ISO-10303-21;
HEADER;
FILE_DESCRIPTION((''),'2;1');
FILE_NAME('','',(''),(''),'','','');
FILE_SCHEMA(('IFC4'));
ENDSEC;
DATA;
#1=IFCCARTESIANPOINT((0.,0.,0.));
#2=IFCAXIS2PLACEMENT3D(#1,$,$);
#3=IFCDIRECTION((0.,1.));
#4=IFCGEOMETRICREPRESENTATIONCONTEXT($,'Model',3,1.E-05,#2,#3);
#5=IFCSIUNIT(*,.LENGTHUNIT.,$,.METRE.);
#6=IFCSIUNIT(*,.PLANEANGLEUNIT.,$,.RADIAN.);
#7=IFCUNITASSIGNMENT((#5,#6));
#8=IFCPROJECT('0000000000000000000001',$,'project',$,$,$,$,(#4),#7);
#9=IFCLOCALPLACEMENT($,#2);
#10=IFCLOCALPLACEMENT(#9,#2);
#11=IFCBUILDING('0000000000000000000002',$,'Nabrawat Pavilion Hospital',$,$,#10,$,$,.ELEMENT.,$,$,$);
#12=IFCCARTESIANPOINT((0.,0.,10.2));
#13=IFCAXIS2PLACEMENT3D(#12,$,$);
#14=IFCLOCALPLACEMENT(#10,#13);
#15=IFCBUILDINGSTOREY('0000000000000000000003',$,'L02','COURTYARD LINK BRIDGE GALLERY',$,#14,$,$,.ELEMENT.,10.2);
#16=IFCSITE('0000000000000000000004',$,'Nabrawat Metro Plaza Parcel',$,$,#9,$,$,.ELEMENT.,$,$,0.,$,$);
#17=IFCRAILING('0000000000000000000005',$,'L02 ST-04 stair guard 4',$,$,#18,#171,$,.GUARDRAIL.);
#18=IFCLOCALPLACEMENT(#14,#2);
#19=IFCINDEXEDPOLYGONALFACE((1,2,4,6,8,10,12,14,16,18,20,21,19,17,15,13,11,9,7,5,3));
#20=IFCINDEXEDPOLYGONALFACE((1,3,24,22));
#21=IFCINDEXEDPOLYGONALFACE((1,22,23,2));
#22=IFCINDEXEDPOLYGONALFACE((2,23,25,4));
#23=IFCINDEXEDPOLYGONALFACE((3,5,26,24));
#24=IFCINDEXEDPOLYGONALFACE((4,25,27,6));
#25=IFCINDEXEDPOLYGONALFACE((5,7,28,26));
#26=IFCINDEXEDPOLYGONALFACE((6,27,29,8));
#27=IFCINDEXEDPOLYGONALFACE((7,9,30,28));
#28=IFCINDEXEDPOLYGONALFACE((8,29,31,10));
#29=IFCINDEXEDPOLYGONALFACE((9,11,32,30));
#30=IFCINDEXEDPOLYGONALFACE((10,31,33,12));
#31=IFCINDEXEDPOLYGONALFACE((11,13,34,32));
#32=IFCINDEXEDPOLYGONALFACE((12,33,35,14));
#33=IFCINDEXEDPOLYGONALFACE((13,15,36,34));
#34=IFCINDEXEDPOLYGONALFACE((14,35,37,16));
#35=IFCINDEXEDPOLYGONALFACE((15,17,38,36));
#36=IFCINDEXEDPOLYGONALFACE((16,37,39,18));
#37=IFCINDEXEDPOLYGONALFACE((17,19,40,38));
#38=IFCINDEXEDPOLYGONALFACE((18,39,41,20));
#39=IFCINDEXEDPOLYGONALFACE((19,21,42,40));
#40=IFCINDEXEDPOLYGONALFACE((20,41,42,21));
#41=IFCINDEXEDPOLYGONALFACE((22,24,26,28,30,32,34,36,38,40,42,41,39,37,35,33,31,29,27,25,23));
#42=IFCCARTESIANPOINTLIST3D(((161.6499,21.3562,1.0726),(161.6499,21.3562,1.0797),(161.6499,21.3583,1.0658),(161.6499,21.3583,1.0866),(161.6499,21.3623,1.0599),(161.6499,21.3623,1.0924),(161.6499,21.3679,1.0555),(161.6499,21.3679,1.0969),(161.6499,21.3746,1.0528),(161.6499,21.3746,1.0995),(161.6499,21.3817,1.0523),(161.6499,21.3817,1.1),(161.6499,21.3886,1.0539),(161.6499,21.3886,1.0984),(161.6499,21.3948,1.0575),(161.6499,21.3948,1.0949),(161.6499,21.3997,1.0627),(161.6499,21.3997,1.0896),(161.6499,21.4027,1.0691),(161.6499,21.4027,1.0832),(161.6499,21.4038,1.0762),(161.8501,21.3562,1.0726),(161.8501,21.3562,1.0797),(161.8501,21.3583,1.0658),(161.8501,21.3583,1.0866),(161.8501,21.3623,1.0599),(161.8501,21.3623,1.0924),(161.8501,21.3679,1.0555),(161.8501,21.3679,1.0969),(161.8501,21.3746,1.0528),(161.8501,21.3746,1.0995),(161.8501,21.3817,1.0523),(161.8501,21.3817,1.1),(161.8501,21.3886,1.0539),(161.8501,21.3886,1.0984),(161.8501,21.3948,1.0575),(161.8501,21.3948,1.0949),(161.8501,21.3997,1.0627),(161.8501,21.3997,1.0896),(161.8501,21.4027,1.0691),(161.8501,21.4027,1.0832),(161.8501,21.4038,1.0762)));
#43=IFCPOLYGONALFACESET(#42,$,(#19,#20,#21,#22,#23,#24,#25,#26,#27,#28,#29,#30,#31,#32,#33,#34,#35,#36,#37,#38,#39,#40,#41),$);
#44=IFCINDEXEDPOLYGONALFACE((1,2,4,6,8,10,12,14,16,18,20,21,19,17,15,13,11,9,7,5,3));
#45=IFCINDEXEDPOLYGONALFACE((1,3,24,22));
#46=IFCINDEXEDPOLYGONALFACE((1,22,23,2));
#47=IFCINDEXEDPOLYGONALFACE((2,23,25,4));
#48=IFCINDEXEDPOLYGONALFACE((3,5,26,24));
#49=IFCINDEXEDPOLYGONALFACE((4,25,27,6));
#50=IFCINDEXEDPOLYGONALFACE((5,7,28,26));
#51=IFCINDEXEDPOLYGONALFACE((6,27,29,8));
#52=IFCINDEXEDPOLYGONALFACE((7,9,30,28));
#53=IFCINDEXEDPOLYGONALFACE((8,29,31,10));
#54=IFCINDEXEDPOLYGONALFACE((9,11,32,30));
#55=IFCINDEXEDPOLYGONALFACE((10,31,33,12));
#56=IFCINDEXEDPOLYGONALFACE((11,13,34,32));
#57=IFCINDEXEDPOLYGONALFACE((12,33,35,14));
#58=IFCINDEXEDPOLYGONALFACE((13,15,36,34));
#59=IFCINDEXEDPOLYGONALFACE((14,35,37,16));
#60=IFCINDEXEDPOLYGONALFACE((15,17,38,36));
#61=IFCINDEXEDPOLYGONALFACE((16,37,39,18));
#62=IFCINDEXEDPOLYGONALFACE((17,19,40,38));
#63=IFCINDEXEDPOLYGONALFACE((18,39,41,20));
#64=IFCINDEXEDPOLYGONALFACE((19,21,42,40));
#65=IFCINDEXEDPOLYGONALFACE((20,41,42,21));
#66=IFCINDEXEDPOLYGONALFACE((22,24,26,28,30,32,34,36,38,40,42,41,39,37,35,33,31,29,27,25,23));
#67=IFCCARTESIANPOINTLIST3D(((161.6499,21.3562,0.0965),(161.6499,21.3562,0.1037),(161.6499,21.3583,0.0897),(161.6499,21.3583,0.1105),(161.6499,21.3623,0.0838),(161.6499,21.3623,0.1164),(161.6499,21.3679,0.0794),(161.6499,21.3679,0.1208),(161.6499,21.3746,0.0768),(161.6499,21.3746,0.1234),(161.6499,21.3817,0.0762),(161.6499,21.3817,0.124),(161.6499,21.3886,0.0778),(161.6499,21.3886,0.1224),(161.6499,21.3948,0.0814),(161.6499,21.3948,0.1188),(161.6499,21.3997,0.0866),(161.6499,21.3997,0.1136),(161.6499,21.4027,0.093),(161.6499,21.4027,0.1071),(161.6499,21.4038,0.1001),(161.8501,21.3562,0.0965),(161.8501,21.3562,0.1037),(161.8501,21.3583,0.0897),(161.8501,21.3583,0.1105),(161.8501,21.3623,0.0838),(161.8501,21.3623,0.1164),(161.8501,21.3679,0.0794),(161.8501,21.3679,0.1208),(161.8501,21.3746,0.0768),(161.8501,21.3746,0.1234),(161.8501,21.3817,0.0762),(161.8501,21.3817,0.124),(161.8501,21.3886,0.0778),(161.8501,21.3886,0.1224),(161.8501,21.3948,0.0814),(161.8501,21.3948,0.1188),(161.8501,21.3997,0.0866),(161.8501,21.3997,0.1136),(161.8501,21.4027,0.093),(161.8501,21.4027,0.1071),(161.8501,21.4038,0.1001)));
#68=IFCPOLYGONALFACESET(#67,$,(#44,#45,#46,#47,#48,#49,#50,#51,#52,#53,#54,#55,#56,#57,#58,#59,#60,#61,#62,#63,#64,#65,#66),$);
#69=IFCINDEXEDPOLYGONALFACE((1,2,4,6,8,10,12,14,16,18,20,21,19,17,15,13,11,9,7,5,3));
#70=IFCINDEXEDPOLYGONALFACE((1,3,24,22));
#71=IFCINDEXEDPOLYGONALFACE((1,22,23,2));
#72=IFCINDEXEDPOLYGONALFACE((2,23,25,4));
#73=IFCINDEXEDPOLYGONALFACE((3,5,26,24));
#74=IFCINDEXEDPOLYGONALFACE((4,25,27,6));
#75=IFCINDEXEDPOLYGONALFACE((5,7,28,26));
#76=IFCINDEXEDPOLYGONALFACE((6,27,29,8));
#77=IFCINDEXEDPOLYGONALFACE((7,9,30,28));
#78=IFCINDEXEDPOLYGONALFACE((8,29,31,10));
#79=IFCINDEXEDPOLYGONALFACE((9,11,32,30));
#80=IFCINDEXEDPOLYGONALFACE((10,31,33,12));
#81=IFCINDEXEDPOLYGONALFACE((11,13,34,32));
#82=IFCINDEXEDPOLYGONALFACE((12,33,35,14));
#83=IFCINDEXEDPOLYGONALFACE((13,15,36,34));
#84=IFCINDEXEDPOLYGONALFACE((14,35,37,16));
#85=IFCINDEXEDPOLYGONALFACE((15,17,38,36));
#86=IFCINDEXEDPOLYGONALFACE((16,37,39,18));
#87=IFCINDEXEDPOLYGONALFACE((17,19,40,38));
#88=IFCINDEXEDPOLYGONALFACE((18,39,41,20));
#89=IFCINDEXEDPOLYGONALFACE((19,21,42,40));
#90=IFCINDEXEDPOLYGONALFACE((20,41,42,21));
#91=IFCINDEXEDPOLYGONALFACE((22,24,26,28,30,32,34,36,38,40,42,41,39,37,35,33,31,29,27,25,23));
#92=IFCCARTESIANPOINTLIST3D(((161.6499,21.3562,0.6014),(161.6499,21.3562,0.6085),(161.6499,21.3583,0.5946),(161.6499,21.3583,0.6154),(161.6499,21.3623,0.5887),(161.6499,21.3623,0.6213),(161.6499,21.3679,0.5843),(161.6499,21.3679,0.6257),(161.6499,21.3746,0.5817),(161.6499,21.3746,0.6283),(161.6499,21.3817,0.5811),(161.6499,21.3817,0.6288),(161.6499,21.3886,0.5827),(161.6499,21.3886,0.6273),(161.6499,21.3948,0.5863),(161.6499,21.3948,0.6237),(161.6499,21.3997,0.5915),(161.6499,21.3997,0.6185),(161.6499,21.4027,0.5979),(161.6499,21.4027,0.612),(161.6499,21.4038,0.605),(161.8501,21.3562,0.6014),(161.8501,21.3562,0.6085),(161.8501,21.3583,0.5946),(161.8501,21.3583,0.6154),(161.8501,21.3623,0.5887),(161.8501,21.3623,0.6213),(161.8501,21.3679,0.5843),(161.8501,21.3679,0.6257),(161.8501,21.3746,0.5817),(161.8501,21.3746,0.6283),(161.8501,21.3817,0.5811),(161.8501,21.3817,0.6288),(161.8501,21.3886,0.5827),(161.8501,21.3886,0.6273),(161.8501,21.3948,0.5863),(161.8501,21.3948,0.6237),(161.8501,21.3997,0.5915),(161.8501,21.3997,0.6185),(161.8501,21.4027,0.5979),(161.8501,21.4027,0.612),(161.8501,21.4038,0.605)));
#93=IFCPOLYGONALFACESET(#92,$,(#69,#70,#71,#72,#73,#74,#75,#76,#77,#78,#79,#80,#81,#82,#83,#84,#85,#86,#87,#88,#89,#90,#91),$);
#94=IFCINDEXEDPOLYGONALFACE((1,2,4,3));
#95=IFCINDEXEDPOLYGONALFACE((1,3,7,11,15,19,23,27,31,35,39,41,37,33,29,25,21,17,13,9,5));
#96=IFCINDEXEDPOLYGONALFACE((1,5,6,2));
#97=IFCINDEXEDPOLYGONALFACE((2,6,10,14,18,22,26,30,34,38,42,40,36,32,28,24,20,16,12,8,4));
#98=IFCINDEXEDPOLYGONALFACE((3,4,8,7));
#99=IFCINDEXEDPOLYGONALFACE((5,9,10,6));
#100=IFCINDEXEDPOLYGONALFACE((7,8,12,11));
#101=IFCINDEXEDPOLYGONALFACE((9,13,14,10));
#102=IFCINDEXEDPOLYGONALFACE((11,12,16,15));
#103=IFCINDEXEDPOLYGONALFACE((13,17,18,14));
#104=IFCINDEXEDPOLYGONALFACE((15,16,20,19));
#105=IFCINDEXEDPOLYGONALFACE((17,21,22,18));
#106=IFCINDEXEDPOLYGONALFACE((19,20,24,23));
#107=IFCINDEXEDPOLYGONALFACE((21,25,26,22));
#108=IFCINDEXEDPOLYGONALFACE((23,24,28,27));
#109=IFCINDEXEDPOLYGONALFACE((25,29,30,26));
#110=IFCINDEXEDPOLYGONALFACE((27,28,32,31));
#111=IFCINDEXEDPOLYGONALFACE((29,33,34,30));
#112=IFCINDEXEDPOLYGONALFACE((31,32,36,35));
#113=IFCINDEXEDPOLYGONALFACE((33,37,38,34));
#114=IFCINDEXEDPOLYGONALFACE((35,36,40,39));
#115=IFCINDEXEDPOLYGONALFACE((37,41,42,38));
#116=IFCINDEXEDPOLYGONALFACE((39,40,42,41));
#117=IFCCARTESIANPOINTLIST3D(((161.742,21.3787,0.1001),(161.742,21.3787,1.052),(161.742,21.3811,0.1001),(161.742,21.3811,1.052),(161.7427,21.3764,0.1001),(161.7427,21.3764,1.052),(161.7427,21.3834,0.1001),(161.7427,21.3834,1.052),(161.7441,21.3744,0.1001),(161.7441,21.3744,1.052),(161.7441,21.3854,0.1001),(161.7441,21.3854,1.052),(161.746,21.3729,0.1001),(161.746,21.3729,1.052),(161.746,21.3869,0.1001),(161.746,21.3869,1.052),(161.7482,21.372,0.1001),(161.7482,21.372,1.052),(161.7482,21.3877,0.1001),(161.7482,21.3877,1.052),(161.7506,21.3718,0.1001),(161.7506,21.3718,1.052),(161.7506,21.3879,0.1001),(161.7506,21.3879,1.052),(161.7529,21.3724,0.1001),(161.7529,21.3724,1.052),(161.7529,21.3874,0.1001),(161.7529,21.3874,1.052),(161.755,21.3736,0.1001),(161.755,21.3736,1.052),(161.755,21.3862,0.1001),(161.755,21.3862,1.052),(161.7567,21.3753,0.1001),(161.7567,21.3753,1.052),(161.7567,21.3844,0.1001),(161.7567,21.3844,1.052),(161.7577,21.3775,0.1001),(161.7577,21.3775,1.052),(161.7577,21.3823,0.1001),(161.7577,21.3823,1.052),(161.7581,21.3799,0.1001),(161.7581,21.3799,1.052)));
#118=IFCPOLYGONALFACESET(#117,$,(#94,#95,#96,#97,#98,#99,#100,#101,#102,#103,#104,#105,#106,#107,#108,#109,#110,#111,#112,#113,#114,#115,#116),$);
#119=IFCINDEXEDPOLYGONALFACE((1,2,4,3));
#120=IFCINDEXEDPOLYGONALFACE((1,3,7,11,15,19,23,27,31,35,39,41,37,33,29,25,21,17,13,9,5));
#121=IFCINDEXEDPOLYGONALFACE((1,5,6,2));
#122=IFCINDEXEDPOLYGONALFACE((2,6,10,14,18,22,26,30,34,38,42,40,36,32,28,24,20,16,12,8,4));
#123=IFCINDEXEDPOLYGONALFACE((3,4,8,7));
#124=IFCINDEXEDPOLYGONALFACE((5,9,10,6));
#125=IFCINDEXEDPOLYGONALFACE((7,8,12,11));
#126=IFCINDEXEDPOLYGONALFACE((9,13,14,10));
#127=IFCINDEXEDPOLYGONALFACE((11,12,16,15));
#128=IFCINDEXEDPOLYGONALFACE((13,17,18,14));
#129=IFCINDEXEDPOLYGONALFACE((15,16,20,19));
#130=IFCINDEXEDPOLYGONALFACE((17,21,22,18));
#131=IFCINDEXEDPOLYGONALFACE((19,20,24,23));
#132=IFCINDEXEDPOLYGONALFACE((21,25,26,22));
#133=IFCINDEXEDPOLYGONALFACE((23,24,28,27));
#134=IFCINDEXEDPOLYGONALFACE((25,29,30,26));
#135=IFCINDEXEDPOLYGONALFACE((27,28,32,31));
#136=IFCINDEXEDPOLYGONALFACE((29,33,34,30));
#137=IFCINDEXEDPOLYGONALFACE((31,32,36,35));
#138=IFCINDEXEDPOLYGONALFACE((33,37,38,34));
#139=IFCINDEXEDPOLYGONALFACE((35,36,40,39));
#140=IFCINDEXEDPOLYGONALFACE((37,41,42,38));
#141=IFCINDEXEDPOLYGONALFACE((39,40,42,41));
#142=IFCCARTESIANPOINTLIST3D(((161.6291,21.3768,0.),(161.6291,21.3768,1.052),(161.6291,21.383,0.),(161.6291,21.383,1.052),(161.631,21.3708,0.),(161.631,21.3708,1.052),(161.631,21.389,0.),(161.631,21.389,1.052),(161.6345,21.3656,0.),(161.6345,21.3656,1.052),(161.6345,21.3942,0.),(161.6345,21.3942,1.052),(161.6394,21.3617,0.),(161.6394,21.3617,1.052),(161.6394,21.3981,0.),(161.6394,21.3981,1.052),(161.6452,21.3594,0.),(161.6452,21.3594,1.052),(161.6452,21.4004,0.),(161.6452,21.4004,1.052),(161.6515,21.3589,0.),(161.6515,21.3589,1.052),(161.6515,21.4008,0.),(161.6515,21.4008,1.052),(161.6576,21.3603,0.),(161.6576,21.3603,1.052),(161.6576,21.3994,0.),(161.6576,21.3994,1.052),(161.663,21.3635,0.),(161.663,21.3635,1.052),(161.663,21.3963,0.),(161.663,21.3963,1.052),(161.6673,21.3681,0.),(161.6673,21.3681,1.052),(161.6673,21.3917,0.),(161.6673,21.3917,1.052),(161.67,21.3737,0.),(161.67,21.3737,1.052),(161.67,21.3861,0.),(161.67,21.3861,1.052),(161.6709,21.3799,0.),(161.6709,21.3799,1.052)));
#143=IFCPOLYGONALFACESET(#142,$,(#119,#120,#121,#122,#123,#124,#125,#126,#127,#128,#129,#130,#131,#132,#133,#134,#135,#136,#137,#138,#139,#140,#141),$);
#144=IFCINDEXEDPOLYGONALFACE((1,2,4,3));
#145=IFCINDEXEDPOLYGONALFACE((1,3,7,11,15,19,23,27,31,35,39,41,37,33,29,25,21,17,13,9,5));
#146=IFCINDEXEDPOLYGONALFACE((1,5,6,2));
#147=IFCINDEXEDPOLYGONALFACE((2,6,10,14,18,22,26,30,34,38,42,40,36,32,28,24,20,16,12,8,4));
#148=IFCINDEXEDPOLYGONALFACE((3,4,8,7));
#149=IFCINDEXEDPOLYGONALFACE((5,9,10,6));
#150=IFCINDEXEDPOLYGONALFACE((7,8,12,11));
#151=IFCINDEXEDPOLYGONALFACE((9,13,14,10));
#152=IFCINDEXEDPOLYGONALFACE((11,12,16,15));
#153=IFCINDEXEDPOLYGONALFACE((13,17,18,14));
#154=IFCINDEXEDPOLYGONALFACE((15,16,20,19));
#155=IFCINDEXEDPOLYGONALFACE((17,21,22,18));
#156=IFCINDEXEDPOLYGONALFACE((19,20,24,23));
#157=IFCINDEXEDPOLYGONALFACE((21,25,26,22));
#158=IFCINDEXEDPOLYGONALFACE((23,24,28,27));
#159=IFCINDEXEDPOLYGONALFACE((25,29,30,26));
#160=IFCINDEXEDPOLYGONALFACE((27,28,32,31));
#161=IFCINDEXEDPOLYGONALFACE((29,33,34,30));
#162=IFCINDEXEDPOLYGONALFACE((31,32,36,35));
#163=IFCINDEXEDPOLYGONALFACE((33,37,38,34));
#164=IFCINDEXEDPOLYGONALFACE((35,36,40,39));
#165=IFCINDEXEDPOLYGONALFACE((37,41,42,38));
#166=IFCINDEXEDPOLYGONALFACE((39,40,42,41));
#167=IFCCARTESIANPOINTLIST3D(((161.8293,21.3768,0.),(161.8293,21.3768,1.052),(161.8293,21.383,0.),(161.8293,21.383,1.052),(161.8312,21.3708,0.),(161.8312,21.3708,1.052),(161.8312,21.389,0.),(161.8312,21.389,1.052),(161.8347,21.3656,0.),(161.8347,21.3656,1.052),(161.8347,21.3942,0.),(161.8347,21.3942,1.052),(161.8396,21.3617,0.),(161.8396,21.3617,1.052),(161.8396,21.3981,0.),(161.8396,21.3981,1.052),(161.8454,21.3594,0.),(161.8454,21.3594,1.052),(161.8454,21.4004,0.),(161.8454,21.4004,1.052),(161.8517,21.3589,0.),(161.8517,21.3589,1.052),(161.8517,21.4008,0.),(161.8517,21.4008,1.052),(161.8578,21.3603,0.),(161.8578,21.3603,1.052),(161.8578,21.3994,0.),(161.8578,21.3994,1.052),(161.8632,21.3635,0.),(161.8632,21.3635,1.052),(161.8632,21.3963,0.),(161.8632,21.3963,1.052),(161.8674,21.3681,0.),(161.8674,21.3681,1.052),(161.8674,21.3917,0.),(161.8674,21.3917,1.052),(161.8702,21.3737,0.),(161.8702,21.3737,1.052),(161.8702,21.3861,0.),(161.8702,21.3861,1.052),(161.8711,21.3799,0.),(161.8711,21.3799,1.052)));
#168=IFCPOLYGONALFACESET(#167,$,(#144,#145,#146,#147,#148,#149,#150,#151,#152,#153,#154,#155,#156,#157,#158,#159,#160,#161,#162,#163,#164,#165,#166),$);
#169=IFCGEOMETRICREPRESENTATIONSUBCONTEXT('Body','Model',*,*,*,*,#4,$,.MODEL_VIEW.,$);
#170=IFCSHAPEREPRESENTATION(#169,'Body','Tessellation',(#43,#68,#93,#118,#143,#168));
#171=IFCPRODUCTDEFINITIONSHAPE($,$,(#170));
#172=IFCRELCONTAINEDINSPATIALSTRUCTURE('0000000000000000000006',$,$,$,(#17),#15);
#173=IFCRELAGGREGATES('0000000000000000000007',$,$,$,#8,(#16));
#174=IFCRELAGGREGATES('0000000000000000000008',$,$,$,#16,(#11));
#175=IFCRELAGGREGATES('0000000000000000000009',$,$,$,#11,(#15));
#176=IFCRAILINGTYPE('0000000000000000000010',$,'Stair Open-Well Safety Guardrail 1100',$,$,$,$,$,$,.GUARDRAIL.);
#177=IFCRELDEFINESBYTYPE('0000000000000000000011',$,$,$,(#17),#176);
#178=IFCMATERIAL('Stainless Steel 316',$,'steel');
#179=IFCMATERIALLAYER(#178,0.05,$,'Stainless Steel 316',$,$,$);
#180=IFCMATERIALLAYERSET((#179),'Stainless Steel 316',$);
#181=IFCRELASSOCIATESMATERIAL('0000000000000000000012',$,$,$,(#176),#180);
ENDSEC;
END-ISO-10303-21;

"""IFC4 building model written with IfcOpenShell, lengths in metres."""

from ifc_helpers import new_model, si_unit, direction, frame, origin, origin_2d, place, context, subcontext, project, spatial, circle, extrude, material, layer, layer_set, type_object, element, save


model = new_model("IFC4")

# Units and contexts
model_context = context("Model", 3, precision=1e-05, world=origin(), true_north=direction((0.0, 1.0)))
body_context = subcontext(model_context, "Body", "Model", "MODEL_VIEW")
ifc_project = project(units=[si_unit("LENGTHUNIT", "METRE"), si_unit("PLANEANGLEUNIT", "RADIAN")], contexts=[model_context])

# Site, building, storey
site_placement = place(None, origin())
site = spatial("IfcSite", under=ifc_project, at=site_placement, Name="Nabrawat Metro Plaza Parcel", CompositionType="ELEMENT", RefElevation=0.0)
building_placement = place(site_placement, origin())
building = spatial("IfcBuilding", under=site, at=building_placement, Name="Nabrawat Pavilion Hospital", CompositionType="ELEMENT")
storey_placement = place(building_placement, frame((0.0, 0.0, 10.2)))
storey = spatial("IfcBuildingStorey", under=building, at=storey_placement, Name="L02", Description="COURTYARD LINK BRIDGE GALLERY", CompositionType="ELEMENT", Elevation=10.2)

# Railing
ifc_material_1 = material(Name="Stainless Steel 316", Category="steel")
ifc_layer_1 = layer(ifc_material_1, 0.05, Name="Stainless Steel 316")
ifc_layer_set_1 = layer_set([ifc_layer_1], Name="Stainless Steel 316")
railing_type_1 = type_object("IfcRailingType", Name="Stair Open-Well Safety Guardrail 1100", PredefinedType="GUARDRAIL", material=ifc_layer_set_1)
railing_1_placement = place(storey_placement, frame((161.6499, 21.3799, 0.0)))
element("IfcRailing", 1, at=railing_1_placement, inside=storey, type_object=railing_type_1, Name="L02 ST-04 stair guard 4", PredefinedType="GUARDRAIL", context=body_context, shape_type="SweptSolid", body=[
    extrude(circle(Radius=0.0239, at=origin_2d()), frame((0.0, 0.0, 1.0762), z_axis=(1.0, 0.0, 0.0), x_axis=(0.0, 1.0, 0.0)), (0.0, 0.0, 1.0), 0.2002),
    extrude(circle(Radius=0.0239, at=origin_2d()), frame((0.0, 0.0, 0.1001), z_axis=(1.0, 0.0, 0.0), x_axis=(0.0, 1.0, 0.0)), (0.0, 0.0, 1.0), 0.2002),
    extrude(circle(Radius=0.0239, at=origin_2d()), frame((0.0, 0.0, 0.605), z_axis=(1.0, 0.0, 0.0), x_axis=(0.0, 1.0, 0.0)), (0.0, 0.0, 1.0), 0.2002),
    extrude(circle(Radius=0.0081, at=origin_2d()), frame((0.1001, 0.0, 0.1001)), (0.0, 0.0, 1.0), 0.9519),
    extrude(circle(Radius=0.021, at=origin_2d()), origin(), (0.0, 0.0, 1.0), 1.052),
    extrude(circle(Radius=0.021, at=origin_2d()), frame((0.2002, 0.0, 0.0)), (0.0, 0.0, 1.0), 1.052),
])

save(model, "model.ifc")
